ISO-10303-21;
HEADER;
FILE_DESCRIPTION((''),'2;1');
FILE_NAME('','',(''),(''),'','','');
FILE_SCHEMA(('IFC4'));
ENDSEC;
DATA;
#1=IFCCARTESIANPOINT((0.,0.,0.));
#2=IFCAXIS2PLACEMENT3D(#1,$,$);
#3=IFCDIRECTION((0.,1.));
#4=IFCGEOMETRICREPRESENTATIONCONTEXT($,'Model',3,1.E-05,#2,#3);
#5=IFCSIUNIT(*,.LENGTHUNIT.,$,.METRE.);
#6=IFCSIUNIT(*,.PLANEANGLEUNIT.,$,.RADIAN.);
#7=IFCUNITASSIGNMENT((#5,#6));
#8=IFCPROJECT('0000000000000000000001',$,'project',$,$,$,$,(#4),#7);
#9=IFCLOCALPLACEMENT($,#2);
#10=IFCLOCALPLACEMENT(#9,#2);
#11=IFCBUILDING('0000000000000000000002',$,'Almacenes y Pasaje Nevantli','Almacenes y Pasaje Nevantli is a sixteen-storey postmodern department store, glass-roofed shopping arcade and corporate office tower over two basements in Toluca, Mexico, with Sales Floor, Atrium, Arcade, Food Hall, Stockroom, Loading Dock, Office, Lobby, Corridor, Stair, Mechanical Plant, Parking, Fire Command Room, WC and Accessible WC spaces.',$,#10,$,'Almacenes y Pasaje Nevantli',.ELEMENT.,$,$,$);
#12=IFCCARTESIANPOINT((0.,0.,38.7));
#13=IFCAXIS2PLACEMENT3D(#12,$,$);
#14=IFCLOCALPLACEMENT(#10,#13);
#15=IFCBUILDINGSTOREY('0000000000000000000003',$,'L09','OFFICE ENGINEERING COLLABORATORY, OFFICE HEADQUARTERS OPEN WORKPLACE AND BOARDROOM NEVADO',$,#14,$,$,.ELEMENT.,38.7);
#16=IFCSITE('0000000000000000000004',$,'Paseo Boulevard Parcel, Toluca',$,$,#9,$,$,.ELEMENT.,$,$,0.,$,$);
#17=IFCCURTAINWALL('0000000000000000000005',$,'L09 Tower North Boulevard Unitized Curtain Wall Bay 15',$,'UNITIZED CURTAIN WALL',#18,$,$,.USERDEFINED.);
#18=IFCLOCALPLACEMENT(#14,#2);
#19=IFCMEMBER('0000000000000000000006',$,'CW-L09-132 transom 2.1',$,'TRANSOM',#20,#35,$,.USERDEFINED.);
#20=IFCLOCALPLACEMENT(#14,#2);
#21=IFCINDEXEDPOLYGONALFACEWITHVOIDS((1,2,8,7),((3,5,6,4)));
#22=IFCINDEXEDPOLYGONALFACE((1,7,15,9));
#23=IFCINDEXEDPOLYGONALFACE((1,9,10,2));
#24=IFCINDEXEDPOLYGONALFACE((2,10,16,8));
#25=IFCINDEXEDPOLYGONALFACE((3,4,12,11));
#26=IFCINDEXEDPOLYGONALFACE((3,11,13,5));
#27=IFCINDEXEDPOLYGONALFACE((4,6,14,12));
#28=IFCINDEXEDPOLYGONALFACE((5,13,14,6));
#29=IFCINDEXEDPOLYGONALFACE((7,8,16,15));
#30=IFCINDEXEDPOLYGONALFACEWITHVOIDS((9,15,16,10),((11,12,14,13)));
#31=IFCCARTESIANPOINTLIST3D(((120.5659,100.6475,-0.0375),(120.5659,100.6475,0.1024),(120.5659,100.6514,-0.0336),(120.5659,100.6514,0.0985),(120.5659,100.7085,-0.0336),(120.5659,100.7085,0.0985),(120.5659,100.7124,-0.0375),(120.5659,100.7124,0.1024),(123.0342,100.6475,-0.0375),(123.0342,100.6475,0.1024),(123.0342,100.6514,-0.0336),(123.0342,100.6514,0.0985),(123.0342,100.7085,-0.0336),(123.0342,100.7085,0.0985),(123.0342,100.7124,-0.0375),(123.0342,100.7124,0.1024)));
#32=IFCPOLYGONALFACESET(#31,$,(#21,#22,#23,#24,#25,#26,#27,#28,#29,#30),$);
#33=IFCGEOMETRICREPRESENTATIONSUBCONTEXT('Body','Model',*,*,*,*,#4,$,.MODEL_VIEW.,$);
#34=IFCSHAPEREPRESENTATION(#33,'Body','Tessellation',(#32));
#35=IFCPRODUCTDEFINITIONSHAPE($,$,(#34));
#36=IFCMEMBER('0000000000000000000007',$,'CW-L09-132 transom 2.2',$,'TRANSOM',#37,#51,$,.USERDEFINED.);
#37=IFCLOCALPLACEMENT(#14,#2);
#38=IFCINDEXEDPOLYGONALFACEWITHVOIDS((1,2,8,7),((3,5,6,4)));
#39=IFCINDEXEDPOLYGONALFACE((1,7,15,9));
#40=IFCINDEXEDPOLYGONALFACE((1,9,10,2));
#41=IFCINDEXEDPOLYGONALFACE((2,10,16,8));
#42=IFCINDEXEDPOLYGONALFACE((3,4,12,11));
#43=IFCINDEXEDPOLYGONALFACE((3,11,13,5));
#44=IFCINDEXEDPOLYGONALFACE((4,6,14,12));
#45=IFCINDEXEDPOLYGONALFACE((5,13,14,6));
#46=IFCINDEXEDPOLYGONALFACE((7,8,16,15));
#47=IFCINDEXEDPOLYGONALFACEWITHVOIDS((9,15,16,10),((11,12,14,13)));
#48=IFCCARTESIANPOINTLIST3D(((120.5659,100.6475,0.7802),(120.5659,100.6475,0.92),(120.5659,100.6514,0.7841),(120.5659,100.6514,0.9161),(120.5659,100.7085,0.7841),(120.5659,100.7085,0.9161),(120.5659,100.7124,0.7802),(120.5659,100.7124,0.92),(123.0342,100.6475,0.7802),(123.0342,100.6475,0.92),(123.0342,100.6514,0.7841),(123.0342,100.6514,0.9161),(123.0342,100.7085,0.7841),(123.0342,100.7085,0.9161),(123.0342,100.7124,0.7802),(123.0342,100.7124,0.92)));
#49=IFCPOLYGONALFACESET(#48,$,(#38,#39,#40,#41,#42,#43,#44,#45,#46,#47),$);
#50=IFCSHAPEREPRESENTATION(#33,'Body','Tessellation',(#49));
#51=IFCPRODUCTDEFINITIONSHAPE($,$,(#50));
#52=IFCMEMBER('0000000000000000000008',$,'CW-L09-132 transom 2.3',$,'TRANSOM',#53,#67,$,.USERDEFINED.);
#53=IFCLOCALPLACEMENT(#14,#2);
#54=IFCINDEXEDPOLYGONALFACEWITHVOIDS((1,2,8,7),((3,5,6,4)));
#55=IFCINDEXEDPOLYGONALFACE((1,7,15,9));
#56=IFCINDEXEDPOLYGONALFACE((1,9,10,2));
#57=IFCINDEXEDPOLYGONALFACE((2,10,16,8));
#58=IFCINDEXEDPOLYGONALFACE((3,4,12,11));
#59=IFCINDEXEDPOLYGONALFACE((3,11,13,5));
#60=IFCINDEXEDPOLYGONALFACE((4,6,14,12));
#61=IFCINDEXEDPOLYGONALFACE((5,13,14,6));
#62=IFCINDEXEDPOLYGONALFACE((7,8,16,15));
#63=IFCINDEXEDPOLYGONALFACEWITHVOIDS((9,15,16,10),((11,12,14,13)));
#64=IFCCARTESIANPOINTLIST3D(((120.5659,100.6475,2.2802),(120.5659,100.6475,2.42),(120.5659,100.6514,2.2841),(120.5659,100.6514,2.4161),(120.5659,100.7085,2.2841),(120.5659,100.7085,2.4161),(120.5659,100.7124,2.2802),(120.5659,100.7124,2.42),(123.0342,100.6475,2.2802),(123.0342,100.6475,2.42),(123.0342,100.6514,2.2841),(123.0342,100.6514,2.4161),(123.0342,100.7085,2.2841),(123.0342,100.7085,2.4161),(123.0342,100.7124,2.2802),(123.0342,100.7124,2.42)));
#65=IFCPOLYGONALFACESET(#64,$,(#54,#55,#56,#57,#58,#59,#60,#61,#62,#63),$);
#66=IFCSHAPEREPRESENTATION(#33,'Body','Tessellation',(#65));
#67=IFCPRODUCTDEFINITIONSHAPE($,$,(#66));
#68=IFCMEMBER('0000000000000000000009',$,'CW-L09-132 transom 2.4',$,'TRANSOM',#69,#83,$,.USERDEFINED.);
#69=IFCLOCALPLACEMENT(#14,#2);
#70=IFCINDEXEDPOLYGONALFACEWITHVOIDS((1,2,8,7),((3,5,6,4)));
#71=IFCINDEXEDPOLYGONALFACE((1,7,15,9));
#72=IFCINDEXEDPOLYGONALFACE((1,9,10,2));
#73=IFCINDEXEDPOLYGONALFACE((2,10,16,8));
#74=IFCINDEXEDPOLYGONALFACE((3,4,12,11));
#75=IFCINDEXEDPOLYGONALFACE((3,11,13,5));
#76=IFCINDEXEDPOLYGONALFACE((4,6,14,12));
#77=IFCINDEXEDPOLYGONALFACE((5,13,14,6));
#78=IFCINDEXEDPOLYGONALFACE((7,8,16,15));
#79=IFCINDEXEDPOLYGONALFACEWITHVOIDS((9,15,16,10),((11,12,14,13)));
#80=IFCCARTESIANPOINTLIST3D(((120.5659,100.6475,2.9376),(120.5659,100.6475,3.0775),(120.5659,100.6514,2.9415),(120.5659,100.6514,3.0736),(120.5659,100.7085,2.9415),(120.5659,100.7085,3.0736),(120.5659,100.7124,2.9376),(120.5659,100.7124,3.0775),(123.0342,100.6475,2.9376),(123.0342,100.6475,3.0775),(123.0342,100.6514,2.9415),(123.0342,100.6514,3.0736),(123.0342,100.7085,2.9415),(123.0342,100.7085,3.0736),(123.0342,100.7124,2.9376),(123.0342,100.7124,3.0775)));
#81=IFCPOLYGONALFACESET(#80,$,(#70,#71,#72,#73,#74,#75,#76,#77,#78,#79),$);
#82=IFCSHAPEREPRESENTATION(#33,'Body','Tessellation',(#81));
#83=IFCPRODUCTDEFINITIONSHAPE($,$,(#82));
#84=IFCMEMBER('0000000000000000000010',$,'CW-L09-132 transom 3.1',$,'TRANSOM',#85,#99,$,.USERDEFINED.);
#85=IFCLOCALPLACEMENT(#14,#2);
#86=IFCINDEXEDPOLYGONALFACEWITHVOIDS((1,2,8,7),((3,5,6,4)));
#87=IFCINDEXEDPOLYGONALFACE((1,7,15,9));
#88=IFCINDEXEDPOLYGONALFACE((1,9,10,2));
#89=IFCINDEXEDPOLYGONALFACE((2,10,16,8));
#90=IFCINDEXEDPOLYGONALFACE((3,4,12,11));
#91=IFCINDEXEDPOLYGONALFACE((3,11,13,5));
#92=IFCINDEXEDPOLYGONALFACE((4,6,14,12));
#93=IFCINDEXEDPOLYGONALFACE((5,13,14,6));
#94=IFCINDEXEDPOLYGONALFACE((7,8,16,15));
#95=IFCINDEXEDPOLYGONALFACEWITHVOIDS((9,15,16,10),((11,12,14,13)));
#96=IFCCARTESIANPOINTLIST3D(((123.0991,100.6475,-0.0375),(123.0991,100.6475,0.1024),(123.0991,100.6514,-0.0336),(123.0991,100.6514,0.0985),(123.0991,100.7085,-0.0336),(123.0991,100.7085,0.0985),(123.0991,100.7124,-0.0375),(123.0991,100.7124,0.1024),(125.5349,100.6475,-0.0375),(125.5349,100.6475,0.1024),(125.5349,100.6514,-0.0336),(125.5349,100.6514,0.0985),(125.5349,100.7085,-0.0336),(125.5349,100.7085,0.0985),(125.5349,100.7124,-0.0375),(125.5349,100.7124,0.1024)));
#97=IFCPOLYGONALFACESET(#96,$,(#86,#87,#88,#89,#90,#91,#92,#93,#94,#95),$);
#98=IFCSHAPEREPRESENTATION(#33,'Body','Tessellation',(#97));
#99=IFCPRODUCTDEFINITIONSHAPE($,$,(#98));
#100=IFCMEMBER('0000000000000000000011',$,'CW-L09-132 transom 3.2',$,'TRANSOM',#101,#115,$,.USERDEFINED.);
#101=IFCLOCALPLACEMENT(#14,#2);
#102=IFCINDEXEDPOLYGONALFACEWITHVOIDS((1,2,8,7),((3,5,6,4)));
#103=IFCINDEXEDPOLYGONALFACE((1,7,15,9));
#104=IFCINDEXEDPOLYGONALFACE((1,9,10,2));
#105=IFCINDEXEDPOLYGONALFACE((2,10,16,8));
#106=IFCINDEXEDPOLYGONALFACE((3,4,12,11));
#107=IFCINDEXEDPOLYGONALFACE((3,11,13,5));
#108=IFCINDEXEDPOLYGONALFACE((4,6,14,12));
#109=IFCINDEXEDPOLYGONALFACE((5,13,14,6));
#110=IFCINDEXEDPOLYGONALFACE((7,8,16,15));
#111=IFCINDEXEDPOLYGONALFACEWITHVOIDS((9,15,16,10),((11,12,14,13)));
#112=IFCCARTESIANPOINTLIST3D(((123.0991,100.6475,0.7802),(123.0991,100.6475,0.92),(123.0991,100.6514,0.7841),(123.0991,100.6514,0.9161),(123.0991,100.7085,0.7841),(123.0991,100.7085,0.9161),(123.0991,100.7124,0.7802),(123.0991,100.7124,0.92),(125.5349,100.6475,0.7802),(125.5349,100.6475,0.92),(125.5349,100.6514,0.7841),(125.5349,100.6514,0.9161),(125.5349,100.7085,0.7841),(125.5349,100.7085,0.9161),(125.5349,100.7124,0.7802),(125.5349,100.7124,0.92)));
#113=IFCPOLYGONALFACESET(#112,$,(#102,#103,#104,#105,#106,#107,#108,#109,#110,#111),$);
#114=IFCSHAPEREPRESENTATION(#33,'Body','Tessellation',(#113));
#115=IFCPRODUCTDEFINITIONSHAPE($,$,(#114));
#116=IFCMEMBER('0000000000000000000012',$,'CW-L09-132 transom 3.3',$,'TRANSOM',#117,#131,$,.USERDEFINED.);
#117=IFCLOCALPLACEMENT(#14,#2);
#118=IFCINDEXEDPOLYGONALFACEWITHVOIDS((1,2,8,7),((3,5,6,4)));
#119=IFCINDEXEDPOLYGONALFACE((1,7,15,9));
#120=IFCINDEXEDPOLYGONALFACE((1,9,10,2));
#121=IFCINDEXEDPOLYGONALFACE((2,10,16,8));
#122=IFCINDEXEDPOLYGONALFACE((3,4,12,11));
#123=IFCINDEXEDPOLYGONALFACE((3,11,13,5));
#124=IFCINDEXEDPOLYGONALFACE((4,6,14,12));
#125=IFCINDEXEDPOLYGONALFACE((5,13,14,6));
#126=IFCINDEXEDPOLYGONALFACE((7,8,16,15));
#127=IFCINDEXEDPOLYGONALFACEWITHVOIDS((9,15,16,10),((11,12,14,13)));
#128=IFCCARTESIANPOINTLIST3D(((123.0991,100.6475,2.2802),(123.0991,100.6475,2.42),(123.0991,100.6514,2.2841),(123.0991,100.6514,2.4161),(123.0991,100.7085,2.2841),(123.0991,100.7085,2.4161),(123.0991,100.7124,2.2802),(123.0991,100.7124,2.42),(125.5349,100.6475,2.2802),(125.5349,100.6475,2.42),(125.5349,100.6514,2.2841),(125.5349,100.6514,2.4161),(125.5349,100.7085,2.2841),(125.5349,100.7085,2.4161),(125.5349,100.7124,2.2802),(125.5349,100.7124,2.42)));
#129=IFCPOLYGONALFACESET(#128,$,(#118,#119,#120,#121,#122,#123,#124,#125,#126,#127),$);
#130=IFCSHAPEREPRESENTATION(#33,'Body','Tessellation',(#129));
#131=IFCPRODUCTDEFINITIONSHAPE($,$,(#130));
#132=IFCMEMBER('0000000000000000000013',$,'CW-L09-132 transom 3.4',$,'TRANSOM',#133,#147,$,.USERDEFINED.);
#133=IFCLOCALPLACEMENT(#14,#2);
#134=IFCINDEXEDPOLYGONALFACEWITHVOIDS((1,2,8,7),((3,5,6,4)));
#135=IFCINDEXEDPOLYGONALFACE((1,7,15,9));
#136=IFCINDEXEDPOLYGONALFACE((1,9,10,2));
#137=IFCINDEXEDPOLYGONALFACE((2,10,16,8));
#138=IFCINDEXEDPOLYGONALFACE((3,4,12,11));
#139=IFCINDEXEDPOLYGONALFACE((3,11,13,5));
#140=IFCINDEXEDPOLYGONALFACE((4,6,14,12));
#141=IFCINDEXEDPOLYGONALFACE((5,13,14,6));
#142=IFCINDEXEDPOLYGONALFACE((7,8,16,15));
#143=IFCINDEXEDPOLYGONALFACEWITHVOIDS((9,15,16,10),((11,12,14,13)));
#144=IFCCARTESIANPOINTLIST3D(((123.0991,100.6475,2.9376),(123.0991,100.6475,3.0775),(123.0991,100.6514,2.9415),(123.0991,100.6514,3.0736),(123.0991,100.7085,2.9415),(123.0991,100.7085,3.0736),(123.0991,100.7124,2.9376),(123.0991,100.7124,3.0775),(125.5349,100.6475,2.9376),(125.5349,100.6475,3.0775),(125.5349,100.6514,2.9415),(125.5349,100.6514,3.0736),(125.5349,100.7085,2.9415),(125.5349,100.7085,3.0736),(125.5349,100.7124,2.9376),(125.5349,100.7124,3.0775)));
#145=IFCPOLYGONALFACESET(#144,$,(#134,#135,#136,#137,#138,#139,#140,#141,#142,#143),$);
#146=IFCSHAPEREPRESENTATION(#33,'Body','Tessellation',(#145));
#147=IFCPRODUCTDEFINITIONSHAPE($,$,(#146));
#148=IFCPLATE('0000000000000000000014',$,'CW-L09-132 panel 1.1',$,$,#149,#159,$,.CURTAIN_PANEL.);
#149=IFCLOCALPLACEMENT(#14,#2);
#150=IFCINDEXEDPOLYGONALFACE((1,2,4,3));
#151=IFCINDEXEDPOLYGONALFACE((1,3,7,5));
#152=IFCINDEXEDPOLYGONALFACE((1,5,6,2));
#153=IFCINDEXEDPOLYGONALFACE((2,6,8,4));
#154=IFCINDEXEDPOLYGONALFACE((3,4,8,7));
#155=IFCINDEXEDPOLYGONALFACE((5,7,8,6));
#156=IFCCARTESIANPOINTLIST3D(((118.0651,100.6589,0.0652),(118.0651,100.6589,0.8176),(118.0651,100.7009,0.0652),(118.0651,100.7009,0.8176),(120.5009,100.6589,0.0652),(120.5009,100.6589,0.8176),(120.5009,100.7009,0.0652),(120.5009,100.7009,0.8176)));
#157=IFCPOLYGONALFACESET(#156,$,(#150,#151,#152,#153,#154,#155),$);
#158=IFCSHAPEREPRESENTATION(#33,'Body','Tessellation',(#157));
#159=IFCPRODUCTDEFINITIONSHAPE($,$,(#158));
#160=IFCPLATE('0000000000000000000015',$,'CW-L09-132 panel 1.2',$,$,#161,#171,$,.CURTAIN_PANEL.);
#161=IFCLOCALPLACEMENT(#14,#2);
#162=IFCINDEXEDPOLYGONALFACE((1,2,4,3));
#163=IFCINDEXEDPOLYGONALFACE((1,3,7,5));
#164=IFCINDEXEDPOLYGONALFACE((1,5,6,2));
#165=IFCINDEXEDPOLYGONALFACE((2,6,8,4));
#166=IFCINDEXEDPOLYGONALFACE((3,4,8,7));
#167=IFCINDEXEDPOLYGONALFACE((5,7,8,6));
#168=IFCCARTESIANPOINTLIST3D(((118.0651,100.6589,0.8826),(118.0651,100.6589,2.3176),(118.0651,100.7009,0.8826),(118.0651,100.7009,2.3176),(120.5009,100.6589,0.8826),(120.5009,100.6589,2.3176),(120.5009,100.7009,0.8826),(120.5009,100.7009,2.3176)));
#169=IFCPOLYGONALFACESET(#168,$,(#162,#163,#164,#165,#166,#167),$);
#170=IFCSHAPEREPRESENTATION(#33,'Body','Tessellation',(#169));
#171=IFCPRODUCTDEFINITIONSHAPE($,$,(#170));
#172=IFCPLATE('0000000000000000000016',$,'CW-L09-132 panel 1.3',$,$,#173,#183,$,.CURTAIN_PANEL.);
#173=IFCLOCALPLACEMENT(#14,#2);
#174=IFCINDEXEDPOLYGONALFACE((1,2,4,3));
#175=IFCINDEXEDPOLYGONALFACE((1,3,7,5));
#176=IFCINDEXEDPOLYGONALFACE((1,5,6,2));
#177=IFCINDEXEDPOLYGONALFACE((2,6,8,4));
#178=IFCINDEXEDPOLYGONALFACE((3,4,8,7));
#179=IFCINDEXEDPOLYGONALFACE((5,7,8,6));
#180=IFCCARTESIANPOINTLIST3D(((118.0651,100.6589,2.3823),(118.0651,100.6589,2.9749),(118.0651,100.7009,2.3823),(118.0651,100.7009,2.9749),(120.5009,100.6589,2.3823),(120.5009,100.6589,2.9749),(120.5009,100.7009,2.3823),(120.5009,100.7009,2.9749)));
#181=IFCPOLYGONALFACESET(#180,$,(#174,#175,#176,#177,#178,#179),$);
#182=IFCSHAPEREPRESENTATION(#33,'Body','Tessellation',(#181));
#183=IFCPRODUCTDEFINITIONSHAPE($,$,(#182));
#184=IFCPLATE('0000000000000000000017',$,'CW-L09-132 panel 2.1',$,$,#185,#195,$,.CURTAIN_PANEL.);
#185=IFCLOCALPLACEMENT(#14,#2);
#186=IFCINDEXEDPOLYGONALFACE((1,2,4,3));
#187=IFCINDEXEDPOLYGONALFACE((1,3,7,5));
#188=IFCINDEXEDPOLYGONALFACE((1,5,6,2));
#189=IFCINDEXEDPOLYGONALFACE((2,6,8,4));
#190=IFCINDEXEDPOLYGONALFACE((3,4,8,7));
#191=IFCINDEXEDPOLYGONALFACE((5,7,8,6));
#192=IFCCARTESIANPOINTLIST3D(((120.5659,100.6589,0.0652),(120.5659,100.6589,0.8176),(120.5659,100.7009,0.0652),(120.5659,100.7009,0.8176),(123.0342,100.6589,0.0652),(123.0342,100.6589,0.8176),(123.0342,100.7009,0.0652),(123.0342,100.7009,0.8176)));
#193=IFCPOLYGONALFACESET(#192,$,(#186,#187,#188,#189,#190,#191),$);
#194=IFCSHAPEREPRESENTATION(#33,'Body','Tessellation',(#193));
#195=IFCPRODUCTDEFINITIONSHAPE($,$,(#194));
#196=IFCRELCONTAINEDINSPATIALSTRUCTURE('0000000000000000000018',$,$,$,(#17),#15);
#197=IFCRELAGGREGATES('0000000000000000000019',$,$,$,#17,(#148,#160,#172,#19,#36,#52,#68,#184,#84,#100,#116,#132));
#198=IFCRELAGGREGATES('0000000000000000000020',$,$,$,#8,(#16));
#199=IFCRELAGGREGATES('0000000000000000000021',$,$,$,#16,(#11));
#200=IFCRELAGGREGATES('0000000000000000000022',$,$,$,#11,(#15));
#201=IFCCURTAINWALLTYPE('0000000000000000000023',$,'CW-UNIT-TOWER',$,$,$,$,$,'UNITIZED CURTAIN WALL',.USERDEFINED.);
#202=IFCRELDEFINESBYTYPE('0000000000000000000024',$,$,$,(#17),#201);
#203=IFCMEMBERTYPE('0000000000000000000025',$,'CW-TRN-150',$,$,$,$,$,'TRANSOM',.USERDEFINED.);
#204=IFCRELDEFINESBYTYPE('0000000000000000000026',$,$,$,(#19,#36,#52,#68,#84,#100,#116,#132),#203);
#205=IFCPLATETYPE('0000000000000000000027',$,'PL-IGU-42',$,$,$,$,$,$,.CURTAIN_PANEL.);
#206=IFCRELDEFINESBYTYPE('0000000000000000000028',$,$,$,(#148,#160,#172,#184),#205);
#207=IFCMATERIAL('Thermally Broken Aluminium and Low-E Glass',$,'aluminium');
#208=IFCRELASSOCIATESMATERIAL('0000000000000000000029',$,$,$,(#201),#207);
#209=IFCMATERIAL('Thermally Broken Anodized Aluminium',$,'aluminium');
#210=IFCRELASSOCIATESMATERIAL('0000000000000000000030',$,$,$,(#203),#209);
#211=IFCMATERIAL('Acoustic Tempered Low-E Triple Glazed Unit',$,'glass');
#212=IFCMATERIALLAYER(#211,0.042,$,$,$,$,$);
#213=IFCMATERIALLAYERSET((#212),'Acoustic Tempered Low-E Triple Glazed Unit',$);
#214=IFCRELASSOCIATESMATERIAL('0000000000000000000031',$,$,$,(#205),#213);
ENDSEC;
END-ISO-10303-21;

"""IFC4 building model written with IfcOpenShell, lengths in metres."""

from ifc_helpers import new_model, si_unit, direction, frame, origin, origin_2d, place, context, subcontext, project, spatial, rectangle, hollow_rectangle, extrude, material, layer, layer_set, material_profile, profile_set, type_object, element, aggregate, save


model = new_model("IFC4")

# Units and contexts
model_context = context("Model", 3, precision=1e-05, world=origin(), true_north=direction((0.0, 1.0)))
body_context = subcontext(model_context, "Body", "Model", "MODEL_VIEW")
ifc_project = project(units=[si_unit("LENGTHUNIT", "METRE"), si_unit("PLANEANGLEUNIT", "RADIAN")], contexts=[model_context])

# Site, building, storey
site_placement = place(None, origin())
site = spatial("IfcSite", under=ifc_project, at=site_placement, Name="Paseo Boulevard Parcel, Toluca", CompositionType="ELEMENT", RefElevation=0.0)
building_placement = place(site_placement, origin())
building = spatial("IfcBuilding", under=site, at=building_placement, Name="Almacenes y Pasaje Nevantli", Description="Almacenes y Pasaje Nevantli is a sixteen-storey postmodern department store, glass-roofed shopping arcade and corporate office tower over two basements in Toluca, Mexico, with Sales Floor, Atrium, Arcade, Food Hall, Stockroom, Loading Dock, Office, Lobby, Corridor, Stair, Mechanical Plant, Parking, Fire Command Room, WC and Accessible WC spaces.", LongName="Almacenes y Pasaje Nevantli", CompositionType="ELEMENT")
storey_placement = place(building_placement, frame((0.0, 0.0, 38.7)))
storey = spatial("IfcBuildingStorey", under=building, at=storey_placement, Name="L09", Description="OFFICE ENGINEERING COLLABORATORY, OFFICE HEADQUARTERS OPEN WORKPLACE AND BOARDROOM NEVADO", CompositionType="ELEMENT", Elevation=38.7)

# Curtain wall, members, plates
ifc_material_1 = material(Name="Thermally Broken Aluminium and Low-E Glass", Category="aluminium")
curtain_wall_type = type_object("IfcCurtainWallType", Name="CW-UNIT-TOWER", ElementType="UNITIZED CURTAIN WALL", PredefinedType="USERDEFINED", material=ifc_material_1)
curtain_wall_placement = place(storey_placement, origin())
curtain_wall = element("IfcCurtainWall", 1, at=curtain_wall_placement, inside=storey, type_object=curtain_wall_type, Name="L09 Tower North Boulevard Unitized Curtain Wall Bay 15", ObjectType="UNITIZED CURTAIN WALL", PredefinedType="USERDEFINED")
ifc_material_2 = material(Name="Thermally Broken Anodized Aluminium", Category="aluminium")
ifc_material_profile_1 = material_profile(ifc_material_2, hollow_rectangle(XDim=0.0649, YDim=0.1399, WallThickness=0.0039, at=origin_2d()), Name="ALU-TRN-65x140")
ifc_profile_set_1 = profile_set([ifc_material_profile_1], Name="Thermally Broken Anodized Aluminium")
member_type_1 = type_object("IfcMemberType", Name="CW-TRN-150", ElementType="TRANSOM", PredefinedType="USERDEFINED", material=ifc_profile_set_1)
member_1_placement = place(storey_placement, frame((120.5659, 100.6799, 0.0325), z_axis=(1.0, 0.0, 0.0), x_axis=(0.0, 1.0, 0.0)))
member_1 = element("IfcMember", 2, at=member_1_placement, type_object=member_type_1, Name="CW-L09-132 transom 2.1", ObjectType="TRANSOM", PredefinedType="USERDEFINED", context=body_context, shape_type="SweptSolid", body=[
    extrude(hollow_rectangle(XDim=0.0649, YDim=0.1399, WallThickness=0.0039, at=origin_2d()), origin(), (0.0, 0.0, 1.0), 2.4683),
])
member_2_placement = place(storey_placement, frame((120.5659, 100.6799, 0.8501), z_axis=(1.0, 0.0, 0.0), x_axis=(0.0, 1.0, 0.0)))
member_2 = element("IfcMember", 3, at=member_2_placement, type_object=member_type_1, Name="CW-L09-132 transom 2.2", ObjectType="TRANSOM", PredefinedType="USERDEFINED", context=body_context, shape_type="SweptSolid", body=[
    extrude(hollow_rectangle(XDim=0.0649, YDim=0.1399, WallThickness=0.0039, at=origin_2d()), origin(), (0.0, 0.0, 1.0), 2.4683),
])
member_3_placement = place(storey_placement, frame((120.5659, 100.6799, 2.3501), z_axis=(1.0, 0.0, 0.0), x_axis=(0.0, 1.0, 0.0)))
member_3 = element("IfcMember", 4, at=member_3_placement, type_object=member_type_1, Name="CW-L09-132 transom 2.3", ObjectType="TRANSOM", PredefinedType="USERDEFINED", context=body_context, shape_type="SweptSolid", body=[
    extrude(hollow_rectangle(XDim=0.0649, YDim=0.1399, WallThickness=0.0039, at=origin_2d()), origin(), (0.0, 0.0, 1.0), 2.4683),
])
member_4_placement = place(storey_placement, frame((120.5659, 100.6799, 3.0076), z_axis=(1.0, 0.0, 0.0), x_axis=(0.0, 1.0, 0.0)))
member_4 = element("IfcMember", 5, at=member_4_placement, type_object=member_type_1, Name="CW-L09-132 transom 2.4", ObjectType="TRANSOM", PredefinedType="USERDEFINED", context=body_context, shape_type="SweptSolid", body=[
    extrude(hollow_rectangle(XDim=0.0649, YDim=0.1399, WallThickness=0.0039, at=origin_2d()), origin(), (0.0, 0.0, 1.0), 2.4683),
])
member_5_placement = place(storey_placement, frame((123.0991, 100.6799, 0.0325), z_axis=(1.0, 0.0, 0.0), x_axis=(0.0, 1.0, 0.0)))
member_5 = element("IfcMember", 6, at=member_5_placement, type_object=member_type_1, Name="CW-L09-132 transom 3.1", ObjectType="TRANSOM", PredefinedType="USERDEFINED", context=body_context, shape_type="SweptSolid", body=[
    extrude(hollow_rectangle(XDim=0.0649, YDim=0.1399, WallThickness=0.0039, at=origin_2d()), origin(), (0.0, 0.0, 1.0), 2.4358),
])
member_6_placement = place(storey_placement, frame((123.0991, 100.6799, 0.8501), z_axis=(1.0, 0.0, 0.0), x_axis=(0.0, 1.0, 0.0)))
member_6 = element("IfcMember", 7, at=member_6_placement, type_object=member_type_1, Name="CW-L09-132 transom 3.2", ObjectType="TRANSOM", PredefinedType="USERDEFINED", context=body_context, shape_type="SweptSolid", body=[
    extrude(hollow_rectangle(XDim=0.0649, YDim=0.1399, WallThickness=0.0039, at=origin_2d()), origin(), (0.0, 0.0, 1.0), 2.4358),
])
member_7_placement = place(storey_placement, frame((123.0991, 100.6799, 2.3501), z_axis=(1.0, 0.0, 0.0), x_axis=(0.0, 1.0, 0.0)))
member_7 = element("IfcMember", 8, at=member_7_placement, type_object=member_type_1, Name="CW-L09-132 transom 3.3", ObjectType="TRANSOM", PredefinedType="USERDEFINED", context=body_context, shape_type="SweptSolid", body=[
    extrude(hollow_rectangle(XDim=0.0649, YDim=0.1399, WallThickness=0.0039, at=origin_2d()), origin(), (0.0, 0.0, 1.0), 2.4358),
])
member_8_placement = place(storey_placement, frame((123.0991, 100.6799, 3.0076), z_axis=(1.0, 0.0, 0.0), x_axis=(0.0, 1.0, 0.0)))
member_8 = element("IfcMember", 9, at=member_8_placement, type_object=member_type_1, Name="CW-L09-132 transom 3.4", ObjectType="TRANSOM", PredefinedType="USERDEFINED", context=body_context, shape_type="SweptSolid", body=[
    extrude(hollow_rectangle(XDim=0.0649, YDim=0.1399, WallThickness=0.0039, at=origin_2d()), origin(), (0.0, 0.0, 1.0), 2.4358),
])
ifc_material_3 = material(Name="Acoustic Tempered Low-E Triple Glazed Unit", Category="glass")
ifc_layer = layer(ifc_material_3, 0.042)
ifc_layer_set = layer_set([ifc_layer], Name="Acoustic Tempered Low-E Triple Glazed Unit")
plate_type = type_object("IfcPlateType", Name="PL-IGU-42", PredefinedType="CURTAIN_PANEL", material=ifc_layer_set)
plate_1_placement = place(storey_placement, frame((119.283, 100.6799, 0.0652), z_axis=(0.0, 0.0, 1.0), x_axis=(1.0, 0.0, 0.0)))
plate_1 = element("IfcPlate", 10, at=plate_1_placement, type_object=plate_type, Name="CW-L09-132 panel 1.1", PredefinedType="CURTAIN_PANEL", context=body_context, shape_type="SweptSolid", body=[
    extrude(rectangle(XDim=2.4358, YDim=0.042, at=origin_2d()), origin(), (0.0, 0.0, 1.0), 0.7524),
])
plate_2_placement = place(storey_placement, frame((119.283, 100.6799, 0.8826), z_axis=(0.0, 0.0, 1.0), x_axis=(1.0, 0.0, 0.0)))
plate_2 = element("IfcPlate", 11, at=plate_2_placement, type_object=plate_type, Name="CW-L09-132 panel 1.2", PredefinedType="CURTAIN_PANEL", context=body_context, shape_type="SweptSolid", body=[
    extrude(rectangle(XDim=2.4358, YDim=0.042, at=origin_2d()), origin(), (0.0, 0.0, 1.0), 1.4351),
])
plate_3_placement = place(storey_placement, frame((119.283, 100.6799, 2.3823), z_axis=(0.0, 0.0, 1.0), x_axis=(1.0, 0.0, 0.0)))
plate_3 = element("IfcPlate", 12, at=plate_3_placement, type_object=plate_type, Name="CW-L09-132 panel 1.3", PredefinedType="CURTAIN_PANEL", context=body_context, shape_type="SweptSolid", body=[
    extrude(rectangle(XDim=2.4358, YDim=0.042, at=origin_2d()), origin(), (0.0, 0.0, 1.0), 0.5925),
])
plate_4_placement = place(storey_placement, frame((121.8, 100.6799, 0.0652), z_axis=(0.0, 0.0, 1.0), x_axis=(1.0, 0.0, 0.0)))
plate_4 = element("IfcPlate", 13, at=plate_4_placement, type_object=plate_type, Name="CW-L09-132 panel 2.1", PredefinedType="CURTAIN_PANEL", context=body_context, shape_type="SweptSolid", body=[
    extrude(rectangle(XDim=2.4683, YDim=0.042, at=origin_2d()), origin(), (0.0, 0.0, 1.0), 0.7524),
])
aggregate(curtain_wall, [plate_1, plate_2, plate_3, member_1, member_2, member_3, member_4, plate_4, member_5, member_6, member_7, member_8])

save(model, "model.ifc")
